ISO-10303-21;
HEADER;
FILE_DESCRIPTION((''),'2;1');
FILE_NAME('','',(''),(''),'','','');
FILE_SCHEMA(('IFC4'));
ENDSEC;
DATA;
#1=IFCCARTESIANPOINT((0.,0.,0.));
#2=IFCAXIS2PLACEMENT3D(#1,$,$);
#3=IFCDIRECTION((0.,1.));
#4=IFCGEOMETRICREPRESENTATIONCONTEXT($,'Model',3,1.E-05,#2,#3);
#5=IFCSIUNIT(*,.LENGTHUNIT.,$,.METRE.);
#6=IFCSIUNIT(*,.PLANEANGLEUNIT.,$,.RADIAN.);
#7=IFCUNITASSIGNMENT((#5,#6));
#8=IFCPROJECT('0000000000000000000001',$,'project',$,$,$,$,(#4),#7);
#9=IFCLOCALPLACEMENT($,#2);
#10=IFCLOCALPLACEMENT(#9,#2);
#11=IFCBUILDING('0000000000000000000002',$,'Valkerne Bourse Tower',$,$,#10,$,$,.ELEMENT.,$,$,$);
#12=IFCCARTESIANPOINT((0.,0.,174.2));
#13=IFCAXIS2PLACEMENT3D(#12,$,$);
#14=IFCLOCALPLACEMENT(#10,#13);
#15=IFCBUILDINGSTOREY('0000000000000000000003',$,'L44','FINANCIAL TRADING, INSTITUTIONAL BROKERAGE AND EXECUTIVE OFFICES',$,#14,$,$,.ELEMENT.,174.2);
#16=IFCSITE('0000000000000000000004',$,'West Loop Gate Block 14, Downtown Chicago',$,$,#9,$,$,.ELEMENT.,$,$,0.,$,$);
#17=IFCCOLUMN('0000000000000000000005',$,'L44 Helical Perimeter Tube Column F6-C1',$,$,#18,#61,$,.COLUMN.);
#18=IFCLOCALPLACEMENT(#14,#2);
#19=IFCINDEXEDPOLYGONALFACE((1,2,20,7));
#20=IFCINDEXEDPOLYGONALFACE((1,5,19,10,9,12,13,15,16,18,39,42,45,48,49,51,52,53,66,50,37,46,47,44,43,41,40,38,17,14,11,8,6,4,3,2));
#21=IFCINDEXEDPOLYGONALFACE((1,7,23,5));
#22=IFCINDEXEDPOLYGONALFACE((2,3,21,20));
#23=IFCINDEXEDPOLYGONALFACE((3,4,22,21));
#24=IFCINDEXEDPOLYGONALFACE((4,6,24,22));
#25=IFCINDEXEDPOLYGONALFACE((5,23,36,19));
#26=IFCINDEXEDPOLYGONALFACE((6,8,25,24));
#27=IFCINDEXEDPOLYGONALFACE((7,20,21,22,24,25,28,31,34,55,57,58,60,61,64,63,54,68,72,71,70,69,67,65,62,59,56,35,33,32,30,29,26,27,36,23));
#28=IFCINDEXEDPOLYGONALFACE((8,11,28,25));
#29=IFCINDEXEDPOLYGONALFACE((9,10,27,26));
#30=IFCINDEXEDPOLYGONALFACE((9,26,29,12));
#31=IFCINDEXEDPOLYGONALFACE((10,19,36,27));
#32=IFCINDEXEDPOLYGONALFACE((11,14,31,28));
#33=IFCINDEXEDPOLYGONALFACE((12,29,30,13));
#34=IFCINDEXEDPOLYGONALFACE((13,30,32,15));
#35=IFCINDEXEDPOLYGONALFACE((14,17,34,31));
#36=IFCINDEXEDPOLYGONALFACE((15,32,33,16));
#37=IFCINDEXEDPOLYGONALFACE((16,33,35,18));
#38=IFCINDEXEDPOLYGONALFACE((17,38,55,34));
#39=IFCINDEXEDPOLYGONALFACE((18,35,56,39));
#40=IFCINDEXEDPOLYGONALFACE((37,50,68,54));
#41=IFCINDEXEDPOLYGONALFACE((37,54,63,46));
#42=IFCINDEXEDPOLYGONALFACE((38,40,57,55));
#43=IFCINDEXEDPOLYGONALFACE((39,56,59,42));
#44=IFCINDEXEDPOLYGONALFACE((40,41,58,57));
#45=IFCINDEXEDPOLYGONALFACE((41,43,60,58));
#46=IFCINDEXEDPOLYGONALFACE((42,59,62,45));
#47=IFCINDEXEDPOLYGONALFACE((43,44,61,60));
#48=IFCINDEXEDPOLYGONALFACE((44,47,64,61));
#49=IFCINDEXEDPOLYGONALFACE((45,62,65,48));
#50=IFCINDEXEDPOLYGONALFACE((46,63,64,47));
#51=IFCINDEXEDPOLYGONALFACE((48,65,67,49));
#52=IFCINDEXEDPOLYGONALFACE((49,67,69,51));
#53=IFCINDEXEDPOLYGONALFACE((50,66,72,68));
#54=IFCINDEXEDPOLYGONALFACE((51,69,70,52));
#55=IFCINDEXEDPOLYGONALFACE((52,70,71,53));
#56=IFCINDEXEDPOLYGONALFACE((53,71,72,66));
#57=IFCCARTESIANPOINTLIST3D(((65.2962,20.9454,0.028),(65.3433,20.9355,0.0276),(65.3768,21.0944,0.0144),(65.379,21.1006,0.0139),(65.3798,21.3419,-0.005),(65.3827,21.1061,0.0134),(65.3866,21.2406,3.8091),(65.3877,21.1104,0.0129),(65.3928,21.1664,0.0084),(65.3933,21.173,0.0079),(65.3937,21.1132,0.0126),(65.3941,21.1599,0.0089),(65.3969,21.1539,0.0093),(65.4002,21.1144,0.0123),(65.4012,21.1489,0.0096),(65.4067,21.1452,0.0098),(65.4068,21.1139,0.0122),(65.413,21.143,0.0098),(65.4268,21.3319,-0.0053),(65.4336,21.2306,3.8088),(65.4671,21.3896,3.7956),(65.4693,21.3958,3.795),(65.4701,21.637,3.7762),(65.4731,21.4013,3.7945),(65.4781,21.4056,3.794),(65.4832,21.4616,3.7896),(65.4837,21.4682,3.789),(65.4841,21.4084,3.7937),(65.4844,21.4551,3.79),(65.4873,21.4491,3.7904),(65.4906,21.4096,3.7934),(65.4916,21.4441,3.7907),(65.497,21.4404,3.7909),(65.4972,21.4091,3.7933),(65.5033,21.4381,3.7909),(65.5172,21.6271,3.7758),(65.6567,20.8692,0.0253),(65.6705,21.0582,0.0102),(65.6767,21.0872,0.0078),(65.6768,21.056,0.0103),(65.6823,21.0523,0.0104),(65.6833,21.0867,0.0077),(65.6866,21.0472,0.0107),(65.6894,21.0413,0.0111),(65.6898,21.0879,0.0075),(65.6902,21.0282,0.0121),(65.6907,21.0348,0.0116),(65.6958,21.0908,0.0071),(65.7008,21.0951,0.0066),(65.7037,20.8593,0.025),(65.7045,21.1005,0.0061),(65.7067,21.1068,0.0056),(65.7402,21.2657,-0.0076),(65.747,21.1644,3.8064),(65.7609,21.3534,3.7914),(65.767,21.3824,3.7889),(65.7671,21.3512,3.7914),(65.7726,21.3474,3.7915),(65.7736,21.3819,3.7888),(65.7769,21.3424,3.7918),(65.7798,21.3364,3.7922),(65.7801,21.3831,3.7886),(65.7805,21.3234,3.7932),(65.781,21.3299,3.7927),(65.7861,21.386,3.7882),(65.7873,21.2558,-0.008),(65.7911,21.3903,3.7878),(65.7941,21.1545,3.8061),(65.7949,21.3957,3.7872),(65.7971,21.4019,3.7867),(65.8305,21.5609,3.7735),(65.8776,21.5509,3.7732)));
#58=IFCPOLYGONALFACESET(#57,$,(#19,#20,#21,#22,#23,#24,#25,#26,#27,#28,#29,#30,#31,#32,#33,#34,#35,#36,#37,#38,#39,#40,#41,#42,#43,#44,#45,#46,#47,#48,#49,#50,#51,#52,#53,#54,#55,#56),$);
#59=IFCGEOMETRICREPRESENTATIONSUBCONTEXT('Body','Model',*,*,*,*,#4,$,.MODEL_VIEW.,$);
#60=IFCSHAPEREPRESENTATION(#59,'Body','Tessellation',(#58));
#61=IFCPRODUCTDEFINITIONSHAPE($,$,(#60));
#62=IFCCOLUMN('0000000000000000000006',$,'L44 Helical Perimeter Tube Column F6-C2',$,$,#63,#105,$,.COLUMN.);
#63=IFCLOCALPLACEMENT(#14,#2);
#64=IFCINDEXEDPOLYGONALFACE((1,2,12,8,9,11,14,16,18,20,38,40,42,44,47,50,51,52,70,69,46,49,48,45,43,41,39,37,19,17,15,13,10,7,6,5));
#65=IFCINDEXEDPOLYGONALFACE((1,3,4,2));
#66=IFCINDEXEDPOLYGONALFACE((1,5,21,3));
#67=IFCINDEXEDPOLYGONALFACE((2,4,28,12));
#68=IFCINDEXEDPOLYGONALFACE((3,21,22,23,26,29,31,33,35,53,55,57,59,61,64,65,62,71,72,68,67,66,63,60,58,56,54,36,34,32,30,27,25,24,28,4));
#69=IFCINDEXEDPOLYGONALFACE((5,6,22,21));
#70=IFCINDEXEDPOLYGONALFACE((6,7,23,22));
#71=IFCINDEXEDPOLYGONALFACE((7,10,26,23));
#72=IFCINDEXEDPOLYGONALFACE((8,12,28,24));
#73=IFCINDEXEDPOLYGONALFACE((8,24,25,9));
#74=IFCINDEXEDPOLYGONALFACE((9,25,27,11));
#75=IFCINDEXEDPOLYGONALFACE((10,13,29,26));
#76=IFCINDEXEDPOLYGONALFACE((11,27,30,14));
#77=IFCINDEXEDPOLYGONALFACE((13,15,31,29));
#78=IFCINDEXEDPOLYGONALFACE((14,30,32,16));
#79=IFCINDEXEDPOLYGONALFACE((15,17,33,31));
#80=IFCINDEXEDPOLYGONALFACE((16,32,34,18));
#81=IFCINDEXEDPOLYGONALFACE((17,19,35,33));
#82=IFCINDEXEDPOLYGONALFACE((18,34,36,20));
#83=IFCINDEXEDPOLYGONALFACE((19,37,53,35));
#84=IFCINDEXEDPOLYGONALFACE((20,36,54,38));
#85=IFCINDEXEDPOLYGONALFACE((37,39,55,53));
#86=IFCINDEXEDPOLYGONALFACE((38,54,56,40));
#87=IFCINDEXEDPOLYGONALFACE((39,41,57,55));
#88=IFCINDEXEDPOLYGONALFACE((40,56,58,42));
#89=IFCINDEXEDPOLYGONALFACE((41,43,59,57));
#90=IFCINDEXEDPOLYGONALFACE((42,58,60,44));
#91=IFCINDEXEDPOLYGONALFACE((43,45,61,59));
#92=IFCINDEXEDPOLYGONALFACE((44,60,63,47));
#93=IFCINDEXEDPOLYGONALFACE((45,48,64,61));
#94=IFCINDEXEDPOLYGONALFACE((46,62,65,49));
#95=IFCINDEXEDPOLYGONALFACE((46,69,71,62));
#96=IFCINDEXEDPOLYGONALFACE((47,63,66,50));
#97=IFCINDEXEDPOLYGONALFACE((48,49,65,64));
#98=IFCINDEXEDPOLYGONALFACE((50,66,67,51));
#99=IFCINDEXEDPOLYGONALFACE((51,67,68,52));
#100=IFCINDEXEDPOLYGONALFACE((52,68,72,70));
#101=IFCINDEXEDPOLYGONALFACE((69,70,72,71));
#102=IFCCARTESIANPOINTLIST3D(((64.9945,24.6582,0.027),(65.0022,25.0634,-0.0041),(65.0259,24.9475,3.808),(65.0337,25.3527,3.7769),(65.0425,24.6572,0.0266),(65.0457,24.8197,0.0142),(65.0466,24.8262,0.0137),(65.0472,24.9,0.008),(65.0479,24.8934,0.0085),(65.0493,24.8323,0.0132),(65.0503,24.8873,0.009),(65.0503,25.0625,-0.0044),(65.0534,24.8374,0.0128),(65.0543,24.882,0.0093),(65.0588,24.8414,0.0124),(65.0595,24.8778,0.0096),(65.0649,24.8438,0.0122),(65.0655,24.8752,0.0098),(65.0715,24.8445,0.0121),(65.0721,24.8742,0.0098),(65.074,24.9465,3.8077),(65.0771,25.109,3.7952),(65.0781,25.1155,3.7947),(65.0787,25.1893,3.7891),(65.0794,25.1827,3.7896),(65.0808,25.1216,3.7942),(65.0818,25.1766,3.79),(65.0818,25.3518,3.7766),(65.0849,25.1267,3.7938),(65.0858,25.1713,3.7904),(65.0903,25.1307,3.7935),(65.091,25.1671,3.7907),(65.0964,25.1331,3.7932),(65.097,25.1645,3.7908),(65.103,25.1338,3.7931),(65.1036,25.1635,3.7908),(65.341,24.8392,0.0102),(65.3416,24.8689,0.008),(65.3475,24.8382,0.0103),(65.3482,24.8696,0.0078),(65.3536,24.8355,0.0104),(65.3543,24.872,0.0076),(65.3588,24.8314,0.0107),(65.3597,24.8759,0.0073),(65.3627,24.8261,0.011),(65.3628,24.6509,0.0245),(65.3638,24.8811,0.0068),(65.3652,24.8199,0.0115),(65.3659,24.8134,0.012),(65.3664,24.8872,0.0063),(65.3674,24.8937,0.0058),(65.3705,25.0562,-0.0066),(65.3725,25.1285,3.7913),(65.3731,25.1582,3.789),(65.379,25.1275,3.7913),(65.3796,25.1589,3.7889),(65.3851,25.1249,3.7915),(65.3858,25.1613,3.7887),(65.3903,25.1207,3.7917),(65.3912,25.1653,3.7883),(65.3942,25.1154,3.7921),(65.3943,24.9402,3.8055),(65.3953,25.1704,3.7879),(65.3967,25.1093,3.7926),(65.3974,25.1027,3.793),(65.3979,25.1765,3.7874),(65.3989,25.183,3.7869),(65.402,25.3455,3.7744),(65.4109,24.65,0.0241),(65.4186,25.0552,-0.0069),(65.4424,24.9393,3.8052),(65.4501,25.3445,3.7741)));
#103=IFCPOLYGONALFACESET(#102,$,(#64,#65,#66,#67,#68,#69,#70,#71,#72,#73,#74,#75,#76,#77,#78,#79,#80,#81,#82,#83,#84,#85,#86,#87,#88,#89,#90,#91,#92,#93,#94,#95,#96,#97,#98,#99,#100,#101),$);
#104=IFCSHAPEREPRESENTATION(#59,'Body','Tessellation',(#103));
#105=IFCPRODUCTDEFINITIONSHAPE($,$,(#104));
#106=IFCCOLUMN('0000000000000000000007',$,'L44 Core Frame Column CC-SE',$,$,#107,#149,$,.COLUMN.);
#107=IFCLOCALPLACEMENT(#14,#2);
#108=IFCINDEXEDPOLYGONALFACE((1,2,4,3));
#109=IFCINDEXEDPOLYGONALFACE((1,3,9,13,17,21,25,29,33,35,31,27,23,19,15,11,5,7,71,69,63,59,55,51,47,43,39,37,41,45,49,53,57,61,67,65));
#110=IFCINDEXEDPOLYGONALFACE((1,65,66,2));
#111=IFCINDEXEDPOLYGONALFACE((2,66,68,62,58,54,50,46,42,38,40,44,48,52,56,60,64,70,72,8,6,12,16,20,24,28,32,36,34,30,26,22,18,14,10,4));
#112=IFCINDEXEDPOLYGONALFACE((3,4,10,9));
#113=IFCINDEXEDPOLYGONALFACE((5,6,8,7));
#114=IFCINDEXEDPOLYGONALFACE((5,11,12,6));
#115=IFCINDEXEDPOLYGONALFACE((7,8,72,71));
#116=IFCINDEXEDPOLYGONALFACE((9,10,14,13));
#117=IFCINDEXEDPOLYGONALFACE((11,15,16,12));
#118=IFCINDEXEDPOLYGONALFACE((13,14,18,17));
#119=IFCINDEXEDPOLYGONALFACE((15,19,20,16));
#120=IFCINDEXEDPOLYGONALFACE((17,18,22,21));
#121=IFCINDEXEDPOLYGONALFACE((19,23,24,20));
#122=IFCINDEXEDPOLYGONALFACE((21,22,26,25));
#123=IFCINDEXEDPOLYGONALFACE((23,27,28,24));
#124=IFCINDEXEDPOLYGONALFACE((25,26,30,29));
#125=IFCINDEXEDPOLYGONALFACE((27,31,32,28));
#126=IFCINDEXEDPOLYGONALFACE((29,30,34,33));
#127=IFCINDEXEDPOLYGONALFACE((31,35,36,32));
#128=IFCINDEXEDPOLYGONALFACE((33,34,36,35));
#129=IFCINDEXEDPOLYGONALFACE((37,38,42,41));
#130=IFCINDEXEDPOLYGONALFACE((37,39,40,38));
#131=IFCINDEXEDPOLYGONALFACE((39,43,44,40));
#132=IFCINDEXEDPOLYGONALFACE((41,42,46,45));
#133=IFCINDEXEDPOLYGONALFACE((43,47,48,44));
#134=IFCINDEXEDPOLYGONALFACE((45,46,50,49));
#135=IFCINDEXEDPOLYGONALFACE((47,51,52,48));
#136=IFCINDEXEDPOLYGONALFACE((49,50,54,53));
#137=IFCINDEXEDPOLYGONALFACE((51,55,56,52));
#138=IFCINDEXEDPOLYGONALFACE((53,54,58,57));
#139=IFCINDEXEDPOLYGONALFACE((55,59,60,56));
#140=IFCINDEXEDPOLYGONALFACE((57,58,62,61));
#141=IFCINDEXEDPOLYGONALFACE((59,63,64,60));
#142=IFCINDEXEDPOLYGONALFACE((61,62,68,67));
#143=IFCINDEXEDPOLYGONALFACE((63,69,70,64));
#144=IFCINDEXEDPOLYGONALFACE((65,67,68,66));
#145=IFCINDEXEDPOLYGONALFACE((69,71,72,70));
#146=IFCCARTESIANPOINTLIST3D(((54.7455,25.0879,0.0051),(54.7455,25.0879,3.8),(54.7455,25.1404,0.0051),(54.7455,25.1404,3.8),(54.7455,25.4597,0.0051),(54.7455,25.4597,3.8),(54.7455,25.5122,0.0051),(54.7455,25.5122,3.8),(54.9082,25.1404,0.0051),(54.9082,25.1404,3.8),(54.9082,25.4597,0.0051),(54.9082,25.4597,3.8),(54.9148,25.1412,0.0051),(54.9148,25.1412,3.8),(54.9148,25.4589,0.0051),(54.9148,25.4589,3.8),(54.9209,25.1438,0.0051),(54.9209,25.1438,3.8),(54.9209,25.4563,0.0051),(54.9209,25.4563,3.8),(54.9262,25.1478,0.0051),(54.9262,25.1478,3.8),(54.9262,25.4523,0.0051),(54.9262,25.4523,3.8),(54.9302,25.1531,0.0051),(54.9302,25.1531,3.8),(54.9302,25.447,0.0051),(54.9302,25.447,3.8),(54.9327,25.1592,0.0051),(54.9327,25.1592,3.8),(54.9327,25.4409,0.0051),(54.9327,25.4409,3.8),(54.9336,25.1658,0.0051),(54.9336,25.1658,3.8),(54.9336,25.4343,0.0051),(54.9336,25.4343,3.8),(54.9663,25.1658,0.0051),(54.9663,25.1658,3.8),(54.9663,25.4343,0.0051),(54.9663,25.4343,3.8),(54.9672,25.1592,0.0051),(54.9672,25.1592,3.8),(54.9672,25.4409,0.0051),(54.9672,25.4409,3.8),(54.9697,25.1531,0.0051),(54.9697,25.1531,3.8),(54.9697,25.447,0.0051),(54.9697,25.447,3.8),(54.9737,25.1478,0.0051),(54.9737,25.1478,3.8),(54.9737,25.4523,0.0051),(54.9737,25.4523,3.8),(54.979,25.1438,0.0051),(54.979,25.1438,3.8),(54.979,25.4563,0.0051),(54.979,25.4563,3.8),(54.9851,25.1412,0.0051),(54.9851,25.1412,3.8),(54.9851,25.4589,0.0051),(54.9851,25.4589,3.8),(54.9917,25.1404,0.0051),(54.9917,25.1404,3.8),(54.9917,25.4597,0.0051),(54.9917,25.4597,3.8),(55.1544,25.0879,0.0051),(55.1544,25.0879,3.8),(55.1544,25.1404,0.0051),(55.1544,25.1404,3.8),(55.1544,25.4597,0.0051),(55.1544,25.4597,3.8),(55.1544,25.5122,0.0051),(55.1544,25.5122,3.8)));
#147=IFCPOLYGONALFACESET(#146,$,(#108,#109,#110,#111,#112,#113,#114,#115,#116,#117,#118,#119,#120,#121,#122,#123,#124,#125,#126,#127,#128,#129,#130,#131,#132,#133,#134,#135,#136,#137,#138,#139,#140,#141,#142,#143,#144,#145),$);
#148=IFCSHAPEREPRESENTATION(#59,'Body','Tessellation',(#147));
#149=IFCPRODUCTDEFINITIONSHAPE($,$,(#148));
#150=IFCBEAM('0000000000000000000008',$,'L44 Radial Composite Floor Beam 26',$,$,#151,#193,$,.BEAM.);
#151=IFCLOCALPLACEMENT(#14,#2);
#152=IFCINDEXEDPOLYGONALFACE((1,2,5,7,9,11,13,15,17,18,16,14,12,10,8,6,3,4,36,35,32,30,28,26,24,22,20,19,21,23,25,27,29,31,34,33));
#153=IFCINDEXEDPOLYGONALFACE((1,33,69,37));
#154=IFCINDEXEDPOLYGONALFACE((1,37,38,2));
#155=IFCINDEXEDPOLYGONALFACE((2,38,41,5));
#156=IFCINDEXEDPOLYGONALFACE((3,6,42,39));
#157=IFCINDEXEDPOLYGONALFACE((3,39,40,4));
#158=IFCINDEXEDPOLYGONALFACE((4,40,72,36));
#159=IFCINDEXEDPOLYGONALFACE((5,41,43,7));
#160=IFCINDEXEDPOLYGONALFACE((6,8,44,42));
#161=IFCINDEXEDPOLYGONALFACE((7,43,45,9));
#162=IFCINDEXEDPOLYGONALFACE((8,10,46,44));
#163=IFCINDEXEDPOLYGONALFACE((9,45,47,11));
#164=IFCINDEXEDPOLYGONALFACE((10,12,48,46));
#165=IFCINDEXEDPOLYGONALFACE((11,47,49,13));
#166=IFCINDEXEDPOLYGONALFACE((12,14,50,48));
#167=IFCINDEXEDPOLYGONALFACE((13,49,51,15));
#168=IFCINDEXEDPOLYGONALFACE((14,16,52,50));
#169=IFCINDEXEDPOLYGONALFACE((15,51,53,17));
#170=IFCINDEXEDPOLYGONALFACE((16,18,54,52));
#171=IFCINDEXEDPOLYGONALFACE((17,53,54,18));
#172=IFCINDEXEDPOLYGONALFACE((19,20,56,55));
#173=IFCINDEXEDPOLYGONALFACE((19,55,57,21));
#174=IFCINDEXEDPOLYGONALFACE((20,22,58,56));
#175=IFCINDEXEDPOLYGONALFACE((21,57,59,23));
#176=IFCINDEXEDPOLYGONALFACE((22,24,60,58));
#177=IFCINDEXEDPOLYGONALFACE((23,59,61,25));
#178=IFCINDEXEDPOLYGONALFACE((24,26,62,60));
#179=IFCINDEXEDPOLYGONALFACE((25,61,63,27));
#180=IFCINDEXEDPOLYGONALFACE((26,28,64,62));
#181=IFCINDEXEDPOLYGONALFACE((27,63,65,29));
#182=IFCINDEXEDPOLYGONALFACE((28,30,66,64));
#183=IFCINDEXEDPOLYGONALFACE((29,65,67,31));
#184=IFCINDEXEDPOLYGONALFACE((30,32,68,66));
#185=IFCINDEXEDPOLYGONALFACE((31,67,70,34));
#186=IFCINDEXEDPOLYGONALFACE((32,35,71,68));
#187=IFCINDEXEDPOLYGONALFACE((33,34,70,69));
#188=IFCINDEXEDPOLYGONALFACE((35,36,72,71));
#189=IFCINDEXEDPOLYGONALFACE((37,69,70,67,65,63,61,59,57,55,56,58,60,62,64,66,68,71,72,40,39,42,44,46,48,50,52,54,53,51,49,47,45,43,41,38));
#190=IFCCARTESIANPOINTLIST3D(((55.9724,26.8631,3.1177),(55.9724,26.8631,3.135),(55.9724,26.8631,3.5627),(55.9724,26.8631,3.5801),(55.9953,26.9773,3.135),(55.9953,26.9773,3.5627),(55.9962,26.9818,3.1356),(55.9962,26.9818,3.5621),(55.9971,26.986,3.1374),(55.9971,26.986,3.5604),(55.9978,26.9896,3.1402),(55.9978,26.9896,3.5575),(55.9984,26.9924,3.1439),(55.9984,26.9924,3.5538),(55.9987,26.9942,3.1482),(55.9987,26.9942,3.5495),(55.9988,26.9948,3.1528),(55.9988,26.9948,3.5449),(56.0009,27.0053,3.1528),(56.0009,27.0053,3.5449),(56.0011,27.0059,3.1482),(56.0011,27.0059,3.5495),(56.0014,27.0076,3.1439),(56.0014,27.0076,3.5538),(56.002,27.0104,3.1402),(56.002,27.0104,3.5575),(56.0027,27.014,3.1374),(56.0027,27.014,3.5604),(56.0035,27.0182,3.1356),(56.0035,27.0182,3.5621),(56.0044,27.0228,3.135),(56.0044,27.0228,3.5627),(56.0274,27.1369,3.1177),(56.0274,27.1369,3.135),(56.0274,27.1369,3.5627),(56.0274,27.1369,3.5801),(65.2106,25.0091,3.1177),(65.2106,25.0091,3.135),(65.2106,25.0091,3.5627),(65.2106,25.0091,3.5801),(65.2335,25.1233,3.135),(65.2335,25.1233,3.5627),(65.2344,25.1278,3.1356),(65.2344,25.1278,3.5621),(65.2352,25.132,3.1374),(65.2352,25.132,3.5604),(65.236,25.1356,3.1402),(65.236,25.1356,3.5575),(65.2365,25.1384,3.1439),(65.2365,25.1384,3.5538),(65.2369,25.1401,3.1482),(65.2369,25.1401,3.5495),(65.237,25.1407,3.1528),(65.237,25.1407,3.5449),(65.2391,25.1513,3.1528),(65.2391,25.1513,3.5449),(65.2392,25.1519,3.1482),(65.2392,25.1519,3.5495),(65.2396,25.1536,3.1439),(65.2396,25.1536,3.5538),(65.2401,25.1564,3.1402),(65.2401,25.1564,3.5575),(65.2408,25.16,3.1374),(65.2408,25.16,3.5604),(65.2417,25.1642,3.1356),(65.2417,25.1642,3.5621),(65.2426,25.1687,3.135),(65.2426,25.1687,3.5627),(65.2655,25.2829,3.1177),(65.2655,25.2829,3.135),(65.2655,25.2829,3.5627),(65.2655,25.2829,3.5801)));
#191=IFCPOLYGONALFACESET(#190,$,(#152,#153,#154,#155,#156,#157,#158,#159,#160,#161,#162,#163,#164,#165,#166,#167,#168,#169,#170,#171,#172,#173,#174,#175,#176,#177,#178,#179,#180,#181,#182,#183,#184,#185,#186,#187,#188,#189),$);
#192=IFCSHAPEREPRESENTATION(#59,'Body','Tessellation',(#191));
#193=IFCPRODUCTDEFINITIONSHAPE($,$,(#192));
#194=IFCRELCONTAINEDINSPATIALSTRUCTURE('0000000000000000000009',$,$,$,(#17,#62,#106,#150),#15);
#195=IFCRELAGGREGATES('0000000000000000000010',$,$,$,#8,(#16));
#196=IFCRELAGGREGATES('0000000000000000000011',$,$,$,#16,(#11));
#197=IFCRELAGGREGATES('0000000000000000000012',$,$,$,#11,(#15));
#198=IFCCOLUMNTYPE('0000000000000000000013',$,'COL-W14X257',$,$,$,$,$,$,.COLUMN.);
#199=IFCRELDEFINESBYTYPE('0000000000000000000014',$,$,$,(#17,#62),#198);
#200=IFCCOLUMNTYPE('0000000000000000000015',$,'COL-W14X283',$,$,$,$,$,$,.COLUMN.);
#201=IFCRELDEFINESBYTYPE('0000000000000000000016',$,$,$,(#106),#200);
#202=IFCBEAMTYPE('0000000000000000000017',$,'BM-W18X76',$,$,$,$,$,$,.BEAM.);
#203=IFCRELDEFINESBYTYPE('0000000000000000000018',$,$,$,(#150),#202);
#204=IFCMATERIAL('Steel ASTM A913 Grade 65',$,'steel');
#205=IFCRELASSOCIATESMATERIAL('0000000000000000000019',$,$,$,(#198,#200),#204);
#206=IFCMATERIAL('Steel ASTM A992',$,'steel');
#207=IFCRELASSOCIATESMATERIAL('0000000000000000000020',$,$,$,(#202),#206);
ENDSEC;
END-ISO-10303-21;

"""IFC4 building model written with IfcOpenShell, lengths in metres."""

from ifc_helpers import new_model, si_unit, direction, frame, origin, origin_2d, place, context, subcontext, project, spatial, i_section, extrude, material, material_profile, profile_set, type_object, element, save


model = new_model("IFC4")

# Units and contexts
model_context = context("Model", 3, precision=1e-05, world=origin(), true_north=direction((0.0, 1.0)))
body_context = subcontext(model_context, "Body", "Model", "MODEL_VIEW")
ifc_project = project(units=[si_unit("LENGTHUNIT", "METRE"), si_unit("PLANEANGLEUNIT", "RADIAN")], contexts=[model_context])

# Site, building, storey
site_placement = place(None, origin())
site = spatial("IfcSite", under=ifc_project, at=site_placement, Name="West Loop Gate Block 14, Downtown Chicago", CompositionType="ELEMENT", RefElevation=0.0)
building_placement = place(site_placement, origin())
building = spatial("IfcBuilding", under=site, at=building_placement, Name="Valkerne Bourse Tower", CompositionType="ELEMENT")
storey_placement = place(building_placement, frame((0.0, 0.0, 174.2)))
storey = spatial("IfcBuildingStorey", under=building, at=storey_placement, Name="L44", Description="FINANCIAL TRADING, INSTITUTIONAL BROKERAGE AND EXECUTIVE OFFICES", CompositionType="ELEMENT", Elevation=174.2)

# Columns
ifc_material_1 = material(Name="Steel ASTM A913 Grade 65", Category="steel")
ifc_material_profile_1 = material_profile(ifc_material_1, i_section(OverallWidth=0.4065, OverallDepth=0.4165, WebThickness=0.0298, FlangeThickness=0.0481, FilletRadius=0.0254, at=origin_2d()), Name="W14X257")
ifc_profile_set_1 = profile_set([ifc_material_profile_1], Name="Steel ASTM A913 Grade 65")
column_type_1 = type_object("IfcColumnType", Name="COL-W14X257", PredefinedType="COLUMN", material=ifc_profile_set_1)
column_1_placement = place(storey_placement, frame((65.5417, 21.1006, 0.01), z_axis=(0.023812, 0.077807, 0.996684), x_axis=(-0.205513, -0.975293, 0.081047)))
element("IfcColumn", 1, at=column_1_placement, inside=storey, type_object=column_type_1, Name="L44 Helical Perimeter Tube Column F6-C1", PredefinedType="COLUMN", context=body_context, shape_type="SweptSolid", body=[
    extrude(i_section(OverallWidth=0.4065, OverallDepth=0.4165, WebThickness=0.0298, FlangeThickness=0.0481, FilletRadius=0.0254, at=origin_2d()), origin(), (0.0, 0.0, 1.0), 3.7937),
])
column_2_placement = place(storey_placement, frame((65.2065, 24.8567, 0.01), z_axis=(0.008305, 0.07629, 0.997051), x_axis=(-0.019103, -0.996891, 0.076437)))
element("IfcColumn", 2, at=column_2_placement, inside=storey, type_object=column_type_1, Name="L44 Helical Perimeter Tube Column F6-C2", PredefinedType="COLUMN", context=body_context, shape_type="SweptSolid", body=[
    extrude(i_section(OverallWidth=0.4065, OverallDepth=0.4165, WebThickness=0.0298, FlangeThickness=0.0481, FilletRadius=0.0254, at=origin_2d()), origin(), (0.0, 0.0, 1.0), 3.7922),
])
ifc_material_profile_2 = material_profile(ifc_material_1, i_section(OverallWidth=0.4089, OverallDepth=0.4243, WebThickness=0.0327, FlangeThickness=0.0525, FilletRadius=0.0254, at=origin_2d()), Name="W14X283")
ifc_profile_set_2 = profile_set([ifc_material_profile_2], Name="Steel ASTM A913 Grade 65")
column_type_2 = type_object("IfcColumnType", Name="COL-W14X283", PredefinedType="COLUMN", material=ifc_profile_set_2)
column_3_placement = place(storey_placement, frame((54.95, 25.3, 0.0051), z_axis=(0.0, 0.0, 1.0), x_axis=(1.0, 0.0, 0.0)))
element("IfcColumn", 3, at=column_3_placement, inside=storey, type_object=column_type_2, Name="L44 Core Frame Column CC-SE", PredefinedType="COLUMN", context=body_context, shape_type="SweptSolid", body=[
    extrude(i_section(OverallWidth=0.4089, OverallDepth=0.4243, WebThickness=0.0327, FlangeThickness=0.0525, FilletRadius=0.0254, at=origin_2d()), origin(), (0.0, 0.0, 1.0), 3.7949),
])

# Beam
ifc_material_2 = material(Name="Steel ASTM A992", Category="steel")
ifc_material_profile_3 = material_profile(ifc_material_2, i_section(OverallWidth=0.2793, OverallDepth=0.4624, WebThickness=0.0107, FlangeThickness=0.0173, FilletRadius=0.0178, at=origin_2d()), Name="W18X76")
ifc_profile_set_3 = profile_set([ifc_material_profile_3], Name="Steel ASTM A992")
beam_type_1 = type_object("IfcBeamType", Name="BM-W18X76", PredefinedType="BEAM", material=ifc_profile_set_3)
beam_1_placement = place(storey_placement, frame((65.238, 25.146, 3.3489), z_axis=(-0.98045, 0.196769, 0.0), x_axis=(-0.196769, -0.98045, 0.0)))
element("IfcBeam", 4, at=beam_1_placement, inside=storey, type_object=beam_type_1, Name="L44 Radial Composite Floor Beam 26", PredefinedType="BEAM", context=body_context, shape_type="SweptSolid", body=[
    extrude(i_section(OverallWidth=0.2793, OverallDepth=0.4624, WebThickness=0.0107, FlangeThickness=0.0173, FilletRadius=0.0178, at=origin_2d()), origin(), (0.0, 0.0, 1.0), 9.4224),
])

save(model, "model.ifc")
